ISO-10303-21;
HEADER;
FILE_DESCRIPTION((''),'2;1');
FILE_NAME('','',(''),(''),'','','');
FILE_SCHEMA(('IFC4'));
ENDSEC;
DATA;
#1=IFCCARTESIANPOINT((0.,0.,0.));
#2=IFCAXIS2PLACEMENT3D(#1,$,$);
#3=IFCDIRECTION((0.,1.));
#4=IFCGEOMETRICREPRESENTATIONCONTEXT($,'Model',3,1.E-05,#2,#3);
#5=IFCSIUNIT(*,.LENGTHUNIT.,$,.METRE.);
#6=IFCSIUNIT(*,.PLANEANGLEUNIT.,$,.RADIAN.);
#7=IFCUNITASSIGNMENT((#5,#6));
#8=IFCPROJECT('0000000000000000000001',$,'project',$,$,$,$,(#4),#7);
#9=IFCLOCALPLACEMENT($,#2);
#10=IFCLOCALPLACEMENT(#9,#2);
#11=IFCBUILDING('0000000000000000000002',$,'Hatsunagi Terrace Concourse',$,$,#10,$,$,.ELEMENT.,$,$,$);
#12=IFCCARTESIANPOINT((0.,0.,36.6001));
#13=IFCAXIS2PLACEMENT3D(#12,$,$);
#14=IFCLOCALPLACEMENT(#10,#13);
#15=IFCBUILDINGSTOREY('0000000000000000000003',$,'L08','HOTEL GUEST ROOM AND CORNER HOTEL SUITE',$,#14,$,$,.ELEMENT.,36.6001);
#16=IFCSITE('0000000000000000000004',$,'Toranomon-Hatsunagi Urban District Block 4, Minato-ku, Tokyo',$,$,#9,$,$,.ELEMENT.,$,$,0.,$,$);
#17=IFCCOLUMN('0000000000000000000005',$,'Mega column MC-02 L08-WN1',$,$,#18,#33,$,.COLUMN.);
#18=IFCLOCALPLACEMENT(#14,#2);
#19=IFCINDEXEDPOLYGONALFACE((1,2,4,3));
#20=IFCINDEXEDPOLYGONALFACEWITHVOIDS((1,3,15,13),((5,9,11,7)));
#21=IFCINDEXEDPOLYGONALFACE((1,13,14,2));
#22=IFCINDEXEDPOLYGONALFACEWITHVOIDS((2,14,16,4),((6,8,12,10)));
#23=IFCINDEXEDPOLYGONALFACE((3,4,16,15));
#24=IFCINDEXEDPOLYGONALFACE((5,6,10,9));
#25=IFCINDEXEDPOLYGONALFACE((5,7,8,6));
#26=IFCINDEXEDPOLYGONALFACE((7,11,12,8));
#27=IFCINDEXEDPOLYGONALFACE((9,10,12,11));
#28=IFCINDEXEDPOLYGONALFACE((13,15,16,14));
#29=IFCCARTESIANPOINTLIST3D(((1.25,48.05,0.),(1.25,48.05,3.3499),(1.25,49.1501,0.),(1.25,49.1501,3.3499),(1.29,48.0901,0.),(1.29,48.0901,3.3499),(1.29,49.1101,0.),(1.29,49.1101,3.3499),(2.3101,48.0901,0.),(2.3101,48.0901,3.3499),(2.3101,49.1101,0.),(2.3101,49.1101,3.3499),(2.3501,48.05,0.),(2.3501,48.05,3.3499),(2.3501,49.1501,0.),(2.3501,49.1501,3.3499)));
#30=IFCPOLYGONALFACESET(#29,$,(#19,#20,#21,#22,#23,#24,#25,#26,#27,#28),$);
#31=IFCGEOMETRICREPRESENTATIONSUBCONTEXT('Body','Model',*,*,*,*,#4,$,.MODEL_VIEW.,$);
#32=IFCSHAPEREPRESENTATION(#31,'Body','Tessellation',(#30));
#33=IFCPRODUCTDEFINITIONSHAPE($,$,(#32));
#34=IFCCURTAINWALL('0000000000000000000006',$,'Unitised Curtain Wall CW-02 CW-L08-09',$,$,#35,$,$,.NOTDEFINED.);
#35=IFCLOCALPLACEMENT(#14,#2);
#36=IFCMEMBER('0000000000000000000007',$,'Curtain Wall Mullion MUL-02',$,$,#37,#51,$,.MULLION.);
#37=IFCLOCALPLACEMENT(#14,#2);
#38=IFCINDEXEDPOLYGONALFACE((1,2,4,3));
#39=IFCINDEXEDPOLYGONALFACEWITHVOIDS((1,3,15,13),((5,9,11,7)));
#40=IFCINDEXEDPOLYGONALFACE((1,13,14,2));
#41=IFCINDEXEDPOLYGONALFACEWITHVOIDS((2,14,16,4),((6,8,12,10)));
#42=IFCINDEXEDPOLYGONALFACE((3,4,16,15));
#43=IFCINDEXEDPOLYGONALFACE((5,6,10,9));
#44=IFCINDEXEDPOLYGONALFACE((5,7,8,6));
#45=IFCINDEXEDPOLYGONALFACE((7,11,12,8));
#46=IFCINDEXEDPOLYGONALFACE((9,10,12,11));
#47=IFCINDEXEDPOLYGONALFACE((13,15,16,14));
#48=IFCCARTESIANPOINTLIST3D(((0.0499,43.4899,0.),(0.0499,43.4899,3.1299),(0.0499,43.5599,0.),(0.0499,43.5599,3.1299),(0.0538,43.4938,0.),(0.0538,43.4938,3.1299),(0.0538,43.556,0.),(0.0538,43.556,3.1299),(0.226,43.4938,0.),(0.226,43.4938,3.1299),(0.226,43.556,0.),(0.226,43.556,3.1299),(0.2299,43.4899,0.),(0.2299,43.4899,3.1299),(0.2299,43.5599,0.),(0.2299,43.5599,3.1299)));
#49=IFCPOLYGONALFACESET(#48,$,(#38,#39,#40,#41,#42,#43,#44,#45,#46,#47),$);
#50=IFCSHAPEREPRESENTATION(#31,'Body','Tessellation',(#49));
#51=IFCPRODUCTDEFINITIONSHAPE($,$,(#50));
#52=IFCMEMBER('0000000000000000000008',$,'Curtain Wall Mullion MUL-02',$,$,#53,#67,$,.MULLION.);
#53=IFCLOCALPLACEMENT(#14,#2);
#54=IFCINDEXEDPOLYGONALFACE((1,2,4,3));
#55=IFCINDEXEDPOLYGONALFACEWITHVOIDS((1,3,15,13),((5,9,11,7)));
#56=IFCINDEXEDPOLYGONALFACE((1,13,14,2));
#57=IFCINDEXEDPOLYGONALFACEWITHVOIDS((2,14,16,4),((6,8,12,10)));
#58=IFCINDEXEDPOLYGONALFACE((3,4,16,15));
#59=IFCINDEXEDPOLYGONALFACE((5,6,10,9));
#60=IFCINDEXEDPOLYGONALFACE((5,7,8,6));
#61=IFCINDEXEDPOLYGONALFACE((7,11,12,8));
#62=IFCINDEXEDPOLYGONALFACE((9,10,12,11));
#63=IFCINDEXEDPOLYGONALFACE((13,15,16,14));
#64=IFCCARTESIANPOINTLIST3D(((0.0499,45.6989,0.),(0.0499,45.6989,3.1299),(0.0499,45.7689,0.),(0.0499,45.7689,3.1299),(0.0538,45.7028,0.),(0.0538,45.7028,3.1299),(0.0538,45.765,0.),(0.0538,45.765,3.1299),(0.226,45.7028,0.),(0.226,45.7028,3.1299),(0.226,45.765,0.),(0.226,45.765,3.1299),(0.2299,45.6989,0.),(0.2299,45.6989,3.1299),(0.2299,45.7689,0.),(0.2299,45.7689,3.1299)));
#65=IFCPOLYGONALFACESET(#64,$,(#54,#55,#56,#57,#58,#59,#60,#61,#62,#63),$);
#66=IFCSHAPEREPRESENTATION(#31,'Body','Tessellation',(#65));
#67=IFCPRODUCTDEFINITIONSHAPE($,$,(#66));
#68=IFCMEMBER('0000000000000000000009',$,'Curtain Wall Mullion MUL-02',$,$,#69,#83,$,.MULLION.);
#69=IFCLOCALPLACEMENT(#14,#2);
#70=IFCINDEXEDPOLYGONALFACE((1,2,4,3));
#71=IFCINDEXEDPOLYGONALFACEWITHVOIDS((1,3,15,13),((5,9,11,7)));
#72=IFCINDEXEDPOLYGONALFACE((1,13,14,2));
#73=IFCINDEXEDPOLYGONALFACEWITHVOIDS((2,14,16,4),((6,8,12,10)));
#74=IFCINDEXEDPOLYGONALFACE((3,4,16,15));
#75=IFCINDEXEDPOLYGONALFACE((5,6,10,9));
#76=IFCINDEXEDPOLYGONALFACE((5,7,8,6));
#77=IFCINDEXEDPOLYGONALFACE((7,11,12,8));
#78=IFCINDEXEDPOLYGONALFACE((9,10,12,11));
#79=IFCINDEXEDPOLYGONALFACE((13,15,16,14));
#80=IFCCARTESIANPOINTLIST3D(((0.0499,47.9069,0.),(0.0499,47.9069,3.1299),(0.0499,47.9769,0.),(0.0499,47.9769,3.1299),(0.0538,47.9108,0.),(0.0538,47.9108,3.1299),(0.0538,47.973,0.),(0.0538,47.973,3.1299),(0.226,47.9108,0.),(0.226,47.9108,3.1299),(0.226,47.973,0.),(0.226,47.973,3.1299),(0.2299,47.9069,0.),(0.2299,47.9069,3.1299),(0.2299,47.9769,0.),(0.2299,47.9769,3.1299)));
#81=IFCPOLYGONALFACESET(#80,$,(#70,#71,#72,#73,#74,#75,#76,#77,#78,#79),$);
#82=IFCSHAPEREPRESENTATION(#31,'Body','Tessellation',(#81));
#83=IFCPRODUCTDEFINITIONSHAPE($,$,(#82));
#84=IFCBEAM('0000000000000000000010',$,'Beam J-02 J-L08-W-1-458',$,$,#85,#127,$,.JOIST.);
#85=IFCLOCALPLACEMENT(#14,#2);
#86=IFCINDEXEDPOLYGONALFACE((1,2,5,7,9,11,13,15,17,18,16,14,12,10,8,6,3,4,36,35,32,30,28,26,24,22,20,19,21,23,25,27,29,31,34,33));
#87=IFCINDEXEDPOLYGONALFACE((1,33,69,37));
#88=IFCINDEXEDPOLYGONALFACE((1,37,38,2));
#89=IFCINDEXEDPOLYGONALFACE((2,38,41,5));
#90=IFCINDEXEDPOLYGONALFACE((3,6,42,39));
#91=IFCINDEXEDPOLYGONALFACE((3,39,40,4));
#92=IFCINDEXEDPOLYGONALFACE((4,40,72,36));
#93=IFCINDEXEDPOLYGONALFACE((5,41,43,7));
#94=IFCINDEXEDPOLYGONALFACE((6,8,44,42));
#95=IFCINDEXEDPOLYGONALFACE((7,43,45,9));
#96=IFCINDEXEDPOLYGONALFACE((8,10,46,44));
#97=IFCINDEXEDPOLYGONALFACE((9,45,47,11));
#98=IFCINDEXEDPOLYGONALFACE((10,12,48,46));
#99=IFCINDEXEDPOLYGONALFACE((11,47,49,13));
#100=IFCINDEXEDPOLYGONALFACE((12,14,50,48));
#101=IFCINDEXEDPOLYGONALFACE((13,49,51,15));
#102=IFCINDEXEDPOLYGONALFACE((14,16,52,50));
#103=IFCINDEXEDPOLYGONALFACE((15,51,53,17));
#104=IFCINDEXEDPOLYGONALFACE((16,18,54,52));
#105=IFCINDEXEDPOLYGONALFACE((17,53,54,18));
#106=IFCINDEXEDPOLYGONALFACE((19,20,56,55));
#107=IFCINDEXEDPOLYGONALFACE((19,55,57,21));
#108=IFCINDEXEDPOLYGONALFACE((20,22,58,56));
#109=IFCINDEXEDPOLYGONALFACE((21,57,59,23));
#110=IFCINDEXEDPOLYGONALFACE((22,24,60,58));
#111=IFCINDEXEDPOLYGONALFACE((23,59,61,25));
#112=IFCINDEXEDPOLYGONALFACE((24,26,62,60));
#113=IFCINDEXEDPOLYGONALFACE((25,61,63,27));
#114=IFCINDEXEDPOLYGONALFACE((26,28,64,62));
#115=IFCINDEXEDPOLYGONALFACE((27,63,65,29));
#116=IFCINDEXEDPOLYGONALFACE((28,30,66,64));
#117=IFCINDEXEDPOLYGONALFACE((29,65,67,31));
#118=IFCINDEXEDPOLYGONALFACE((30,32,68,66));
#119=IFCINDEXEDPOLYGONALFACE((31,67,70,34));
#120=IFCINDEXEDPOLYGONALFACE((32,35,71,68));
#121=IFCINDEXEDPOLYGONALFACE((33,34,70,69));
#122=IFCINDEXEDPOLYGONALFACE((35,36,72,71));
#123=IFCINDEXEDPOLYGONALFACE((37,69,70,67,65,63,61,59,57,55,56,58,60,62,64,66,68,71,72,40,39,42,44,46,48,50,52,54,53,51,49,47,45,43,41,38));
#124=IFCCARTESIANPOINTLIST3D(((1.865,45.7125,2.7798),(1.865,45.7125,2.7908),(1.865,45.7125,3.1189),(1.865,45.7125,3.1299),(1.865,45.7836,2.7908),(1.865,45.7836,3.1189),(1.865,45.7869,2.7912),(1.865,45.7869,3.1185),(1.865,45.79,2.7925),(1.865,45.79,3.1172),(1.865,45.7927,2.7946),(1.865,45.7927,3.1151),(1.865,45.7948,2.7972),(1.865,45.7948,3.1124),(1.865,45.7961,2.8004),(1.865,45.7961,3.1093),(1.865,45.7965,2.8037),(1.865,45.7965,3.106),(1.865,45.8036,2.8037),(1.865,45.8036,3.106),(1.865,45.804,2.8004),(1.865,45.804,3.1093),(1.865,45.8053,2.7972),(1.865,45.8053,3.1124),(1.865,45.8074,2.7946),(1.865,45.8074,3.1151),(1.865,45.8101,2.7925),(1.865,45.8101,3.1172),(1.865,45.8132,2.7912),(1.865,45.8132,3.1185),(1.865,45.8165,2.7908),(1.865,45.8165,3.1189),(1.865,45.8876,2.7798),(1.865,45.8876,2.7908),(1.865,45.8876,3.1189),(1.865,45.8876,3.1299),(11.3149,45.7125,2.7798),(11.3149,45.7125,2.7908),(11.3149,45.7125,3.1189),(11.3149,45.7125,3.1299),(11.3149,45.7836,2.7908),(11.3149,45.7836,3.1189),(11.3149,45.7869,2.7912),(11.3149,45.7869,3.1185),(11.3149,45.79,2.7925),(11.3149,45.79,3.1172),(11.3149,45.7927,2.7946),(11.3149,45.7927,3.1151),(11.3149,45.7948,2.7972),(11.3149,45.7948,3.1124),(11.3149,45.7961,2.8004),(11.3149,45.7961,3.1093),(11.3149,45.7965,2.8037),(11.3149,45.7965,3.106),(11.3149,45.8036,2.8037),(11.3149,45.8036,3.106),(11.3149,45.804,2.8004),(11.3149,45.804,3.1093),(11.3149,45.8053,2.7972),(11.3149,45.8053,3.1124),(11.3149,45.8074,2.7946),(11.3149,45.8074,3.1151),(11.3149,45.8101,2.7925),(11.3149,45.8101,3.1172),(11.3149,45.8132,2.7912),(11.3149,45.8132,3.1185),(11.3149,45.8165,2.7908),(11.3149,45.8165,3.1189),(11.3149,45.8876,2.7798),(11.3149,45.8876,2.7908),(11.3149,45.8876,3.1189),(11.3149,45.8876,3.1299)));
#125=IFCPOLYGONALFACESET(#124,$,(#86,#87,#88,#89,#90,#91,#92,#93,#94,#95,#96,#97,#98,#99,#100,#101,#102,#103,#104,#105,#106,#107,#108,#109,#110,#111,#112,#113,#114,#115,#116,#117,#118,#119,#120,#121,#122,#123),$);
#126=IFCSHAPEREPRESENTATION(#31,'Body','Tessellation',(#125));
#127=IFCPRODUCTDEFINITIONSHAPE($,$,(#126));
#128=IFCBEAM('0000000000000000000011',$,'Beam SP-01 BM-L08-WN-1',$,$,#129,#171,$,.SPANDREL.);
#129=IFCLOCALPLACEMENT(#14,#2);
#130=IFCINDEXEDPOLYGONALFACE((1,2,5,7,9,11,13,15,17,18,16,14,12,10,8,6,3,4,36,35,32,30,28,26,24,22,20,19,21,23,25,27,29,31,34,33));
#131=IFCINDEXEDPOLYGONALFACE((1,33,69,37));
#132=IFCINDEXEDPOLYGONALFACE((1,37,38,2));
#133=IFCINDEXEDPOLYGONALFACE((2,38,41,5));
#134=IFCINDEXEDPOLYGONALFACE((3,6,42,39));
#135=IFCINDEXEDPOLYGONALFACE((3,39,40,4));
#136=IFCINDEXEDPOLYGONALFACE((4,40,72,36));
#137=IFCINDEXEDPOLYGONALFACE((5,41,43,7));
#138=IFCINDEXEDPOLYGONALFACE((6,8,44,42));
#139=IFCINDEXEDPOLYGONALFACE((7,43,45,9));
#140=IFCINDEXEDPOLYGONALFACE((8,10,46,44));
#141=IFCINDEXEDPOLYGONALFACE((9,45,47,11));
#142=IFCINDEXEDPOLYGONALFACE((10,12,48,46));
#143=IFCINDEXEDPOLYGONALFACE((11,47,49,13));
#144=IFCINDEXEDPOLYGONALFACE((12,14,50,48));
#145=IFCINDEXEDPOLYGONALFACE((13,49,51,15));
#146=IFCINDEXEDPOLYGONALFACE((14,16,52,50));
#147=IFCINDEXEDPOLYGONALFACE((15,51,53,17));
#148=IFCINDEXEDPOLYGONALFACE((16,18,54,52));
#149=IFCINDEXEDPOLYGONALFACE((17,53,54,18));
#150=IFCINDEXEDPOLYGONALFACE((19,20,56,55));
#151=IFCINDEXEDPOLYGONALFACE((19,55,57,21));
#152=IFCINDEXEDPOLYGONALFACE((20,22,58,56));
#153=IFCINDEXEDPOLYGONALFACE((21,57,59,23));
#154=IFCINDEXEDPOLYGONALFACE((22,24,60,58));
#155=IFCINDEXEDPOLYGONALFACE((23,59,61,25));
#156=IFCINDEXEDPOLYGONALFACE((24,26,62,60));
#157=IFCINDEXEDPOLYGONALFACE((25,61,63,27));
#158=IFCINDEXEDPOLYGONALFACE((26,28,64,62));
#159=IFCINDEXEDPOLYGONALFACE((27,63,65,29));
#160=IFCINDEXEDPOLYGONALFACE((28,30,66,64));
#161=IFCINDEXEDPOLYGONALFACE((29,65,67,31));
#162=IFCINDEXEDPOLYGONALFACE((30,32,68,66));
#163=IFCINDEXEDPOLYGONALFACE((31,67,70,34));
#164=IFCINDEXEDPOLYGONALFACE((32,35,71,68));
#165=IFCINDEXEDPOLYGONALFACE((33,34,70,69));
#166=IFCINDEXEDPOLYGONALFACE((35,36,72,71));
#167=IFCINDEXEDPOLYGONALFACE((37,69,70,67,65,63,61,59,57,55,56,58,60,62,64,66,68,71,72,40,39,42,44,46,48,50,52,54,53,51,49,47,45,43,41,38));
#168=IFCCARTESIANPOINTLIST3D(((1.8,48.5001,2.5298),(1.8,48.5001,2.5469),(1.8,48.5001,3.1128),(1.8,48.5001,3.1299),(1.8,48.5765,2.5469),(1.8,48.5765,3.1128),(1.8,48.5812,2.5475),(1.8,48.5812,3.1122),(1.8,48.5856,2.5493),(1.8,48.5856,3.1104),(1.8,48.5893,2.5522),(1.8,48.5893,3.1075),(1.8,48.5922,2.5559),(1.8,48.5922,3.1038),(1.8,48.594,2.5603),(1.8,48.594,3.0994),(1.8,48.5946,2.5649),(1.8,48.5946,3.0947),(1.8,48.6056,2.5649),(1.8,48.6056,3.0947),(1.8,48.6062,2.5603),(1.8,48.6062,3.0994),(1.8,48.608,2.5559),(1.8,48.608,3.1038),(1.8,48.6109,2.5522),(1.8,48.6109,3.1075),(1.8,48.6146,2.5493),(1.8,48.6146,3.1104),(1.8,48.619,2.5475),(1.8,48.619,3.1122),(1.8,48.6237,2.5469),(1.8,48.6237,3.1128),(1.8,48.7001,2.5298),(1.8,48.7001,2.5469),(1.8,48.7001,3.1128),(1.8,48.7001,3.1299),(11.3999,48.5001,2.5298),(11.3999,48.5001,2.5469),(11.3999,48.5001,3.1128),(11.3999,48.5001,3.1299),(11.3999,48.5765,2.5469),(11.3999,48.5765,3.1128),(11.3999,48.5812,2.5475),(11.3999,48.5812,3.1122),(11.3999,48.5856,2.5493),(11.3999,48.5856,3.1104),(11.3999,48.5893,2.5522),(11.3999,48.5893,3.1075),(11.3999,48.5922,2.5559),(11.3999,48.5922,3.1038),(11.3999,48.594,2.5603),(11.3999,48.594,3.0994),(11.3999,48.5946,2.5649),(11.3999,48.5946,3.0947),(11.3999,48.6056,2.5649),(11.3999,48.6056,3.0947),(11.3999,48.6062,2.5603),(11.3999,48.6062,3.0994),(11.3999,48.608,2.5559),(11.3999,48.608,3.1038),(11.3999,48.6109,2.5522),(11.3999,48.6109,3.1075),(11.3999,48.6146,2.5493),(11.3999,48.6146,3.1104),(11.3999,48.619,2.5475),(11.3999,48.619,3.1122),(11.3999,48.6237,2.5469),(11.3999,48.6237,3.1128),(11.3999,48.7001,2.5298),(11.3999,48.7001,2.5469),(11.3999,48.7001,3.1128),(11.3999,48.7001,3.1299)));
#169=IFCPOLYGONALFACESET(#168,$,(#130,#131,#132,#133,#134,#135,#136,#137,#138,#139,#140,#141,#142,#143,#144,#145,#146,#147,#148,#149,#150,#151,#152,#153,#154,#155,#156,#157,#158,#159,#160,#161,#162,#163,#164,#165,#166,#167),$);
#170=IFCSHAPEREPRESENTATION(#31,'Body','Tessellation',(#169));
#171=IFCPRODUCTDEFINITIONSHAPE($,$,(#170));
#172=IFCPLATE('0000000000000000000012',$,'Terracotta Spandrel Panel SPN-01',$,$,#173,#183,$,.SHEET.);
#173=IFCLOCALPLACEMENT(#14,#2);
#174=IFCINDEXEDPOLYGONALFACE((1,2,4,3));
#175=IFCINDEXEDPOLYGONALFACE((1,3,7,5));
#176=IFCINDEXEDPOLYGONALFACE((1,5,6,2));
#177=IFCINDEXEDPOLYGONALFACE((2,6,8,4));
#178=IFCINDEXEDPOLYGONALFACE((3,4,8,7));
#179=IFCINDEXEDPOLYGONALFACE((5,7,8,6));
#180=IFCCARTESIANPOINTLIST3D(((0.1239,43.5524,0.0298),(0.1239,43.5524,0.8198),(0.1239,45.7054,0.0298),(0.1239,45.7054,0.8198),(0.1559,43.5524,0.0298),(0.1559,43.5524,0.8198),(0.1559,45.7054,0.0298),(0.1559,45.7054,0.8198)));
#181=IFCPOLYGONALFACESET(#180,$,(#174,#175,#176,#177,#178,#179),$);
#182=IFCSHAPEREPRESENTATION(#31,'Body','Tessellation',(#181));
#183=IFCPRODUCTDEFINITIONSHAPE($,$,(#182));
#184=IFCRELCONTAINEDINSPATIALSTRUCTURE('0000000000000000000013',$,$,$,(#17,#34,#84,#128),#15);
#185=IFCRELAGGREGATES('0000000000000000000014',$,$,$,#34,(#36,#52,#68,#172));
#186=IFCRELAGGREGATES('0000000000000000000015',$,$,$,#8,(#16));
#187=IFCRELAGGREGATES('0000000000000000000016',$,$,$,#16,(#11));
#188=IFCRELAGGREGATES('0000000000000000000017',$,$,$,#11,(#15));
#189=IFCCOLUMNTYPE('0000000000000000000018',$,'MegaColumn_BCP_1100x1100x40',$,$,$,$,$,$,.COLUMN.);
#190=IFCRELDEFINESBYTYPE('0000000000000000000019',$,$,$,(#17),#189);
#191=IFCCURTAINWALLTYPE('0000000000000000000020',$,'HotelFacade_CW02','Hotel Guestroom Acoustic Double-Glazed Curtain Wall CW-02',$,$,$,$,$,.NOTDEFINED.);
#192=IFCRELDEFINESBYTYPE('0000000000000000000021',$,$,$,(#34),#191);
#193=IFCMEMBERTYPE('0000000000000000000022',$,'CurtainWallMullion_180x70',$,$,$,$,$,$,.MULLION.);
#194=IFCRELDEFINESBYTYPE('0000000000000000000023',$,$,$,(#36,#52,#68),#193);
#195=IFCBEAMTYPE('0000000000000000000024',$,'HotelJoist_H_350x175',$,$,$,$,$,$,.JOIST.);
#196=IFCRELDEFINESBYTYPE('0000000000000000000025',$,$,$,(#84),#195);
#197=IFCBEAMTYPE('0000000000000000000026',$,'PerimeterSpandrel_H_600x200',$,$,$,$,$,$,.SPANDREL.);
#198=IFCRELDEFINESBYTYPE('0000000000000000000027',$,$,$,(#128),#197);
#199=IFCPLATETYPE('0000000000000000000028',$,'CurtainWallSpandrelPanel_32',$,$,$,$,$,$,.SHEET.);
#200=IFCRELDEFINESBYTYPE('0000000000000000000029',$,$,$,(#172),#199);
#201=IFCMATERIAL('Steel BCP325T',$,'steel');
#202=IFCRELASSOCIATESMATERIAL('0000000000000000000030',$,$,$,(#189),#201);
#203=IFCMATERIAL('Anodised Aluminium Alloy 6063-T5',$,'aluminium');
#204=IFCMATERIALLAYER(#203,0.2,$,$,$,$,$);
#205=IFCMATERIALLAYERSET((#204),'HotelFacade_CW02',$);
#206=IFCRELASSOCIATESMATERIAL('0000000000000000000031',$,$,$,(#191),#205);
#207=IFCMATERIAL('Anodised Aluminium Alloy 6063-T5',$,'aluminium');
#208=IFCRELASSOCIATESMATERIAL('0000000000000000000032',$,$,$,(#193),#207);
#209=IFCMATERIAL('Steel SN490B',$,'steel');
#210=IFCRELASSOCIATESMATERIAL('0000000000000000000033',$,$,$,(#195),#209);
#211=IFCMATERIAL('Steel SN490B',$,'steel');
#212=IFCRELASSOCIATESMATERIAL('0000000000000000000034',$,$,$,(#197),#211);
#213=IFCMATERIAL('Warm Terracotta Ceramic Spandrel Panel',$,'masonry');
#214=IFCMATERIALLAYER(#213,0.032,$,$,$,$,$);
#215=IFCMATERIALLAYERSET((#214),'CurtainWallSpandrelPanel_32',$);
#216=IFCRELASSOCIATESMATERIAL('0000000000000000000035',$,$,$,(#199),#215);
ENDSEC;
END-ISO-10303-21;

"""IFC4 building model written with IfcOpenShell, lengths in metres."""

from ifc_helpers import new_model, si_unit, direction, frame, origin, origin_2d, place, context, subcontext, project, spatial, rectangle, hollow_rectangle, i_section, extrude, material, layer, layer_set, material_profile, profile_set, type_object, element, aggregate, save


model = new_model("IFC4")

# Units and contexts
model_context = context("Model", 3, precision=1e-05, world=origin(), true_north=direction((0.0, 1.0)))
body_context = subcontext(model_context, "Body", "Model", "MODEL_VIEW")
ifc_project = project(units=[si_unit("LENGTHUNIT", "METRE"), si_unit("PLANEANGLEUNIT", "RADIAN")], contexts=[model_context])

# Site, building, storey
site_placement = place(None, origin())
site = spatial("IfcSite", under=ifc_project, at=site_placement, Name="Toranomon-Hatsunagi Urban District Block 4, Minato-ku, Tokyo", CompositionType="ELEMENT", RefElevation=0.0)
building_placement = place(site_placement, origin())
building = spatial("IfcBuilding", under=site, at=building_placement, Name="Hatsunagi Terrace Concourse", CompositionType="ELEMENT")
storey_placement = place(building_placement, frame((0.0, 0.0, 36.6001)))
storey = spatial("IfcBuildingStorey", under=building, at=storey_placement, Name="L08", Description="HOTEL GUEST ROOM AND CORNER HOTEL SUITE", CompositionType="ELEMENT", Elevation=36.6001)

# Column
ifc_material_1 = material(Name="Steel BCP325T", Category="steel")
ifc_material_profile_1 = material_profile(ifc_material_1, hollow_rectangle(XDim=1.1001, YDim=1.1001, WallThickness=0.04, at=origin_2d()), Name="BCP-1100x1100x40")
ifc_profile_set_1 = profile_set([ifc_material_profile_1], Name="Steel BCP325T")
column_type = type_object("IfcColumnType", Name="MegaColumn_BCP_1100x1100x40", PredefinedType="COLUMN", material=ifc_profile_set_1)
column_placement = place(storey_placement, frame((1.8, 48.6001, 0.0), z_axis=(0.0, 0.0, 1.0), x_axis=(1.0, 0.0, 0.0)))
element("IfcColumn", 1, at=column_placement, inside=storey, type_object=column_type, Name="Mega column MC-02 L08-WN1", PredefinedType="COLUMN", context=body_context, shape_type="SweptSolid", body=[
    extrude(hollow_rectangle(XDim=1.1001, YDim=1.1001, WallThickness=0.04, at=origin_2d()), origin(), (0.0, 0.0, 1.0), 3.3499),
])

# Curtain wall, members
ifc_material_2 = material(Name="Anodised Aluminium Alloy 6063-T5", Category="aluminium")
ifc_layer_1 = layer(ifc_material_2, 0.2)
ifc_layer_set_1 = layer_set([ifc_layer_1], Name="HotelFacade_CW02")
curtain_wall_type = type_object("IfcCurtainWallType", Name="HotelFacade_CW02", Description="Hotel Guestroom Acoustic Double-Glazed Curtain Wall CW-02", PredefinedType="NOTDEFINED", material=ifc_layer_set_1)
curtain_wall_placement = place(storey_placement, origin())
curtain_wall = element("IfcCurtainWall", 2, at=curtain_wall_placement, inside=storey, type_object=curtain_wall_type, Name="Unitised Curtain Wall CW-02 CW-L08-09", PredefinedType="NOTDEFINED")
ifc_material_3 = material(Name="Anodised Aluminium Alloy 6063-T5", Category="aluminium")
ifc_material_profile_2 = material_profile(ifc_material_3, hollow_rectangle(XDim=0.0701, YDim=0.1799, WallThickness=0.0039, at=origin_2d()), Name="ALU-MUL-180x70x4")
ifc_profile_set_2 = profile_set([ifc_material_profile_2], Name="Anodised Aluminium Alloy 6063-T5")
member_type = type_object("IfcMemberType", Name="CurtainWallMullion_180x70", PredefinedType="MULLION", material=ifc_profile_set_2)
member_1_placement = place(storey_placement, frame((0.1399, 43.5249, 0.0), z_axis=(0.0, 0.0, 1.0), x_axis=(0.0, 1.0, 0.0)))
member_1 = element("IfcMember", 3, at=member_1_placement, type_object=member_type, Name="Curtain Wall Mullion MUL-02", PredefinedType="MULLION", context=body_context, shape_type="SweptSolid", body=[
    extrude(hollow_rectangle(XDim=0.0701, YDim=0.1799, WallThickness=0.0039, at=origin_2d()), origin(), (0.0, 0.0, 1.0), 3.1299),
])
member_2_placement = place(storey_placement, frame((0.1399, 45.7339, 0.0), z_axis=(0.0, 0.0, 1.0), x_axis=(0.0, 1.0, 0.0)))
member_2 = element("IfcMember", 4, at=member_2_placement, type_object=member_type, Name="Curtain Wall Mullion MUL-02", PredefinedType="MULLION", context=body_context, shape_type="SweptSolid", body=[
    extrude(hollow_rectangle(XDim=0.0701, YDim=0.1799, WallThickness=0.0039, at=origin_2d()), origin(), (0.0, 0.0, 1.0), 3.1299),
])
member_3_placement = place(storey_placement, frame((0.1399, 47.9419, 0.0), z_axis=(0.0, 0.0, 1.0), x_axis=(0.0, 1.0, 0.0)))
member_3 = element("IfcMember", 5, at=member_3_placement, type_object=member_type, Name="Curtain Wall Mullion MUL-02", PredefinedType="MULLION", context=body_context, shape_type="SweptSolid", body=[
    extrude(hollow_rectangle(XDim=0.0701, YDim=0.1799, WallThickness=0.0039, at=origin_2d()), origin(), (0.0, 0.0, 1.0), 3.1299),
])

# Beams
ifc_material_4 = material(Name="Steel SN490B", Category="steel")
ifc_material_profile_3 = material_profile(ifc_material_4, i_section(OverallWidth=0.175, OverallDepth=0.3501, WebThickness=0.0071, FlangeThickness=0.011, FilletRadius=0.0129, at=origin_2d()), Name="H-350x175x7x11")
ifc_profile_set_3 = profile_set([ifc_material_profile_3], Name="Steel SN490B")
beam_type_1 = type_object("IfcBeamType", Name="HotelJoist_H_350x175", PredefinedType="JOIST", material=ifc_profile_set_3)
beam_1_placement = place(storey_placement, frame((1.865, 45.8, 2.9548), z_axis=(1.0, 0.0, 0.0), x_axis=(0.0, 1.0, 0.0)))
element("IfcBeam", 6, at=beam_1_placement, inside=storey, type_object=beam_type_1, Name="Beam J-02 J-L08-W-1-458", PredefinedType="JOIST", context=body_context, shape_type="SweptSolid", body=[
    extrude(i_section(OverallWidth=0.175, OverallDepth=0.3501, WebThickness=0.0071, FlangeThickness=0.011, FilletRadius=0.0129, at=origin_2d()), origin(), (0.0, 0.0, 1.0), 9.45),
])
ifc_material_5 = material(Name="Steel SN490B", Category="steel")
ifc_material_profile_4 = material_profile(ifc_material_5, i_section(OverallWidth=0.2, OverallDepth=0.6001, WebThickness=0.011, FlangeThickness=0.0171, FilletRadius=0.0181, at=origin_2d()), Name="H-600x200x11x17")
ifc_profile_set_4 = profile_set([ifc_material_profile_4], Name="Steel SN490B")
beam_type_2 = type_object("IfcBeamType", Name="PerimeterSpandrel_H_600x200", PredefinedType="SPANDREL", material=ifc_profile_set_4)
beam_2_placement = place(storey_placement, frame((1.8, 48.6001, 2.8298), z_axis=(1.0, 0.0, 0.0), x_axis=(0.0, 1.0, 0.0)))
element("IfcBeam", 7, at=beam_2_placement, inside=storey, type_object=beam_type_2, Name="Beam SP-01 BM-L08-WN-1", PredefinedType="SPANDREL", context=body_context, shape_type="SweptSolid", body=[
    extrude(i_section(OverallWidth=0.2, OverallDepth=0.6001, WebThickness=0.011, FlangeThickness=0.0171, FilletRadius=0.0181, at=origin_2d()), origin(), (0.0, 0.0, 1.0), 9.5999),
])

# Plate
ifc_material_6 = material(Name="Warm Terracotta Ceramic Spandrel Panel", Category="masonry")
ifc_layer_2 = layer(ifc_material_6, 0.032)
ifc_layer_set_2 = layer_set([ifc_layer_2], Name="CurtainWallSpandrelPanel_32")
plate_type_1 = type_object("IfcPlateType", Name="CurtainWallSpandrelPanel_32", PredefinedType="SHEET", material=ifc_layer_set_2)
plate_1_placement = place(storey_placement, frame((0.1399, 44.6289, 0.0298), z_axis=(0.0, 0.0, 1.0), x_axis=(0.0, 1.0, 0.0)))
plate_1 = element("IfcPlate", 8, at=plate_1_placement, type_object=plate_type_1, Name="Terracotta Spandrel Panel SPN-01", PredefinedType="SHEET", context=body_context, shape_type="SweptSolid", body=[
    extrude(rectangle(XDim=2.1531, YDim=0.032, at=origin_2d()), origin(), (0.0, 0.0, 1.0), 0.79),
])
aggregate(curtain_wall, [member_1, member_2, member_3, plate_1])

save(model, "model.ifc")
